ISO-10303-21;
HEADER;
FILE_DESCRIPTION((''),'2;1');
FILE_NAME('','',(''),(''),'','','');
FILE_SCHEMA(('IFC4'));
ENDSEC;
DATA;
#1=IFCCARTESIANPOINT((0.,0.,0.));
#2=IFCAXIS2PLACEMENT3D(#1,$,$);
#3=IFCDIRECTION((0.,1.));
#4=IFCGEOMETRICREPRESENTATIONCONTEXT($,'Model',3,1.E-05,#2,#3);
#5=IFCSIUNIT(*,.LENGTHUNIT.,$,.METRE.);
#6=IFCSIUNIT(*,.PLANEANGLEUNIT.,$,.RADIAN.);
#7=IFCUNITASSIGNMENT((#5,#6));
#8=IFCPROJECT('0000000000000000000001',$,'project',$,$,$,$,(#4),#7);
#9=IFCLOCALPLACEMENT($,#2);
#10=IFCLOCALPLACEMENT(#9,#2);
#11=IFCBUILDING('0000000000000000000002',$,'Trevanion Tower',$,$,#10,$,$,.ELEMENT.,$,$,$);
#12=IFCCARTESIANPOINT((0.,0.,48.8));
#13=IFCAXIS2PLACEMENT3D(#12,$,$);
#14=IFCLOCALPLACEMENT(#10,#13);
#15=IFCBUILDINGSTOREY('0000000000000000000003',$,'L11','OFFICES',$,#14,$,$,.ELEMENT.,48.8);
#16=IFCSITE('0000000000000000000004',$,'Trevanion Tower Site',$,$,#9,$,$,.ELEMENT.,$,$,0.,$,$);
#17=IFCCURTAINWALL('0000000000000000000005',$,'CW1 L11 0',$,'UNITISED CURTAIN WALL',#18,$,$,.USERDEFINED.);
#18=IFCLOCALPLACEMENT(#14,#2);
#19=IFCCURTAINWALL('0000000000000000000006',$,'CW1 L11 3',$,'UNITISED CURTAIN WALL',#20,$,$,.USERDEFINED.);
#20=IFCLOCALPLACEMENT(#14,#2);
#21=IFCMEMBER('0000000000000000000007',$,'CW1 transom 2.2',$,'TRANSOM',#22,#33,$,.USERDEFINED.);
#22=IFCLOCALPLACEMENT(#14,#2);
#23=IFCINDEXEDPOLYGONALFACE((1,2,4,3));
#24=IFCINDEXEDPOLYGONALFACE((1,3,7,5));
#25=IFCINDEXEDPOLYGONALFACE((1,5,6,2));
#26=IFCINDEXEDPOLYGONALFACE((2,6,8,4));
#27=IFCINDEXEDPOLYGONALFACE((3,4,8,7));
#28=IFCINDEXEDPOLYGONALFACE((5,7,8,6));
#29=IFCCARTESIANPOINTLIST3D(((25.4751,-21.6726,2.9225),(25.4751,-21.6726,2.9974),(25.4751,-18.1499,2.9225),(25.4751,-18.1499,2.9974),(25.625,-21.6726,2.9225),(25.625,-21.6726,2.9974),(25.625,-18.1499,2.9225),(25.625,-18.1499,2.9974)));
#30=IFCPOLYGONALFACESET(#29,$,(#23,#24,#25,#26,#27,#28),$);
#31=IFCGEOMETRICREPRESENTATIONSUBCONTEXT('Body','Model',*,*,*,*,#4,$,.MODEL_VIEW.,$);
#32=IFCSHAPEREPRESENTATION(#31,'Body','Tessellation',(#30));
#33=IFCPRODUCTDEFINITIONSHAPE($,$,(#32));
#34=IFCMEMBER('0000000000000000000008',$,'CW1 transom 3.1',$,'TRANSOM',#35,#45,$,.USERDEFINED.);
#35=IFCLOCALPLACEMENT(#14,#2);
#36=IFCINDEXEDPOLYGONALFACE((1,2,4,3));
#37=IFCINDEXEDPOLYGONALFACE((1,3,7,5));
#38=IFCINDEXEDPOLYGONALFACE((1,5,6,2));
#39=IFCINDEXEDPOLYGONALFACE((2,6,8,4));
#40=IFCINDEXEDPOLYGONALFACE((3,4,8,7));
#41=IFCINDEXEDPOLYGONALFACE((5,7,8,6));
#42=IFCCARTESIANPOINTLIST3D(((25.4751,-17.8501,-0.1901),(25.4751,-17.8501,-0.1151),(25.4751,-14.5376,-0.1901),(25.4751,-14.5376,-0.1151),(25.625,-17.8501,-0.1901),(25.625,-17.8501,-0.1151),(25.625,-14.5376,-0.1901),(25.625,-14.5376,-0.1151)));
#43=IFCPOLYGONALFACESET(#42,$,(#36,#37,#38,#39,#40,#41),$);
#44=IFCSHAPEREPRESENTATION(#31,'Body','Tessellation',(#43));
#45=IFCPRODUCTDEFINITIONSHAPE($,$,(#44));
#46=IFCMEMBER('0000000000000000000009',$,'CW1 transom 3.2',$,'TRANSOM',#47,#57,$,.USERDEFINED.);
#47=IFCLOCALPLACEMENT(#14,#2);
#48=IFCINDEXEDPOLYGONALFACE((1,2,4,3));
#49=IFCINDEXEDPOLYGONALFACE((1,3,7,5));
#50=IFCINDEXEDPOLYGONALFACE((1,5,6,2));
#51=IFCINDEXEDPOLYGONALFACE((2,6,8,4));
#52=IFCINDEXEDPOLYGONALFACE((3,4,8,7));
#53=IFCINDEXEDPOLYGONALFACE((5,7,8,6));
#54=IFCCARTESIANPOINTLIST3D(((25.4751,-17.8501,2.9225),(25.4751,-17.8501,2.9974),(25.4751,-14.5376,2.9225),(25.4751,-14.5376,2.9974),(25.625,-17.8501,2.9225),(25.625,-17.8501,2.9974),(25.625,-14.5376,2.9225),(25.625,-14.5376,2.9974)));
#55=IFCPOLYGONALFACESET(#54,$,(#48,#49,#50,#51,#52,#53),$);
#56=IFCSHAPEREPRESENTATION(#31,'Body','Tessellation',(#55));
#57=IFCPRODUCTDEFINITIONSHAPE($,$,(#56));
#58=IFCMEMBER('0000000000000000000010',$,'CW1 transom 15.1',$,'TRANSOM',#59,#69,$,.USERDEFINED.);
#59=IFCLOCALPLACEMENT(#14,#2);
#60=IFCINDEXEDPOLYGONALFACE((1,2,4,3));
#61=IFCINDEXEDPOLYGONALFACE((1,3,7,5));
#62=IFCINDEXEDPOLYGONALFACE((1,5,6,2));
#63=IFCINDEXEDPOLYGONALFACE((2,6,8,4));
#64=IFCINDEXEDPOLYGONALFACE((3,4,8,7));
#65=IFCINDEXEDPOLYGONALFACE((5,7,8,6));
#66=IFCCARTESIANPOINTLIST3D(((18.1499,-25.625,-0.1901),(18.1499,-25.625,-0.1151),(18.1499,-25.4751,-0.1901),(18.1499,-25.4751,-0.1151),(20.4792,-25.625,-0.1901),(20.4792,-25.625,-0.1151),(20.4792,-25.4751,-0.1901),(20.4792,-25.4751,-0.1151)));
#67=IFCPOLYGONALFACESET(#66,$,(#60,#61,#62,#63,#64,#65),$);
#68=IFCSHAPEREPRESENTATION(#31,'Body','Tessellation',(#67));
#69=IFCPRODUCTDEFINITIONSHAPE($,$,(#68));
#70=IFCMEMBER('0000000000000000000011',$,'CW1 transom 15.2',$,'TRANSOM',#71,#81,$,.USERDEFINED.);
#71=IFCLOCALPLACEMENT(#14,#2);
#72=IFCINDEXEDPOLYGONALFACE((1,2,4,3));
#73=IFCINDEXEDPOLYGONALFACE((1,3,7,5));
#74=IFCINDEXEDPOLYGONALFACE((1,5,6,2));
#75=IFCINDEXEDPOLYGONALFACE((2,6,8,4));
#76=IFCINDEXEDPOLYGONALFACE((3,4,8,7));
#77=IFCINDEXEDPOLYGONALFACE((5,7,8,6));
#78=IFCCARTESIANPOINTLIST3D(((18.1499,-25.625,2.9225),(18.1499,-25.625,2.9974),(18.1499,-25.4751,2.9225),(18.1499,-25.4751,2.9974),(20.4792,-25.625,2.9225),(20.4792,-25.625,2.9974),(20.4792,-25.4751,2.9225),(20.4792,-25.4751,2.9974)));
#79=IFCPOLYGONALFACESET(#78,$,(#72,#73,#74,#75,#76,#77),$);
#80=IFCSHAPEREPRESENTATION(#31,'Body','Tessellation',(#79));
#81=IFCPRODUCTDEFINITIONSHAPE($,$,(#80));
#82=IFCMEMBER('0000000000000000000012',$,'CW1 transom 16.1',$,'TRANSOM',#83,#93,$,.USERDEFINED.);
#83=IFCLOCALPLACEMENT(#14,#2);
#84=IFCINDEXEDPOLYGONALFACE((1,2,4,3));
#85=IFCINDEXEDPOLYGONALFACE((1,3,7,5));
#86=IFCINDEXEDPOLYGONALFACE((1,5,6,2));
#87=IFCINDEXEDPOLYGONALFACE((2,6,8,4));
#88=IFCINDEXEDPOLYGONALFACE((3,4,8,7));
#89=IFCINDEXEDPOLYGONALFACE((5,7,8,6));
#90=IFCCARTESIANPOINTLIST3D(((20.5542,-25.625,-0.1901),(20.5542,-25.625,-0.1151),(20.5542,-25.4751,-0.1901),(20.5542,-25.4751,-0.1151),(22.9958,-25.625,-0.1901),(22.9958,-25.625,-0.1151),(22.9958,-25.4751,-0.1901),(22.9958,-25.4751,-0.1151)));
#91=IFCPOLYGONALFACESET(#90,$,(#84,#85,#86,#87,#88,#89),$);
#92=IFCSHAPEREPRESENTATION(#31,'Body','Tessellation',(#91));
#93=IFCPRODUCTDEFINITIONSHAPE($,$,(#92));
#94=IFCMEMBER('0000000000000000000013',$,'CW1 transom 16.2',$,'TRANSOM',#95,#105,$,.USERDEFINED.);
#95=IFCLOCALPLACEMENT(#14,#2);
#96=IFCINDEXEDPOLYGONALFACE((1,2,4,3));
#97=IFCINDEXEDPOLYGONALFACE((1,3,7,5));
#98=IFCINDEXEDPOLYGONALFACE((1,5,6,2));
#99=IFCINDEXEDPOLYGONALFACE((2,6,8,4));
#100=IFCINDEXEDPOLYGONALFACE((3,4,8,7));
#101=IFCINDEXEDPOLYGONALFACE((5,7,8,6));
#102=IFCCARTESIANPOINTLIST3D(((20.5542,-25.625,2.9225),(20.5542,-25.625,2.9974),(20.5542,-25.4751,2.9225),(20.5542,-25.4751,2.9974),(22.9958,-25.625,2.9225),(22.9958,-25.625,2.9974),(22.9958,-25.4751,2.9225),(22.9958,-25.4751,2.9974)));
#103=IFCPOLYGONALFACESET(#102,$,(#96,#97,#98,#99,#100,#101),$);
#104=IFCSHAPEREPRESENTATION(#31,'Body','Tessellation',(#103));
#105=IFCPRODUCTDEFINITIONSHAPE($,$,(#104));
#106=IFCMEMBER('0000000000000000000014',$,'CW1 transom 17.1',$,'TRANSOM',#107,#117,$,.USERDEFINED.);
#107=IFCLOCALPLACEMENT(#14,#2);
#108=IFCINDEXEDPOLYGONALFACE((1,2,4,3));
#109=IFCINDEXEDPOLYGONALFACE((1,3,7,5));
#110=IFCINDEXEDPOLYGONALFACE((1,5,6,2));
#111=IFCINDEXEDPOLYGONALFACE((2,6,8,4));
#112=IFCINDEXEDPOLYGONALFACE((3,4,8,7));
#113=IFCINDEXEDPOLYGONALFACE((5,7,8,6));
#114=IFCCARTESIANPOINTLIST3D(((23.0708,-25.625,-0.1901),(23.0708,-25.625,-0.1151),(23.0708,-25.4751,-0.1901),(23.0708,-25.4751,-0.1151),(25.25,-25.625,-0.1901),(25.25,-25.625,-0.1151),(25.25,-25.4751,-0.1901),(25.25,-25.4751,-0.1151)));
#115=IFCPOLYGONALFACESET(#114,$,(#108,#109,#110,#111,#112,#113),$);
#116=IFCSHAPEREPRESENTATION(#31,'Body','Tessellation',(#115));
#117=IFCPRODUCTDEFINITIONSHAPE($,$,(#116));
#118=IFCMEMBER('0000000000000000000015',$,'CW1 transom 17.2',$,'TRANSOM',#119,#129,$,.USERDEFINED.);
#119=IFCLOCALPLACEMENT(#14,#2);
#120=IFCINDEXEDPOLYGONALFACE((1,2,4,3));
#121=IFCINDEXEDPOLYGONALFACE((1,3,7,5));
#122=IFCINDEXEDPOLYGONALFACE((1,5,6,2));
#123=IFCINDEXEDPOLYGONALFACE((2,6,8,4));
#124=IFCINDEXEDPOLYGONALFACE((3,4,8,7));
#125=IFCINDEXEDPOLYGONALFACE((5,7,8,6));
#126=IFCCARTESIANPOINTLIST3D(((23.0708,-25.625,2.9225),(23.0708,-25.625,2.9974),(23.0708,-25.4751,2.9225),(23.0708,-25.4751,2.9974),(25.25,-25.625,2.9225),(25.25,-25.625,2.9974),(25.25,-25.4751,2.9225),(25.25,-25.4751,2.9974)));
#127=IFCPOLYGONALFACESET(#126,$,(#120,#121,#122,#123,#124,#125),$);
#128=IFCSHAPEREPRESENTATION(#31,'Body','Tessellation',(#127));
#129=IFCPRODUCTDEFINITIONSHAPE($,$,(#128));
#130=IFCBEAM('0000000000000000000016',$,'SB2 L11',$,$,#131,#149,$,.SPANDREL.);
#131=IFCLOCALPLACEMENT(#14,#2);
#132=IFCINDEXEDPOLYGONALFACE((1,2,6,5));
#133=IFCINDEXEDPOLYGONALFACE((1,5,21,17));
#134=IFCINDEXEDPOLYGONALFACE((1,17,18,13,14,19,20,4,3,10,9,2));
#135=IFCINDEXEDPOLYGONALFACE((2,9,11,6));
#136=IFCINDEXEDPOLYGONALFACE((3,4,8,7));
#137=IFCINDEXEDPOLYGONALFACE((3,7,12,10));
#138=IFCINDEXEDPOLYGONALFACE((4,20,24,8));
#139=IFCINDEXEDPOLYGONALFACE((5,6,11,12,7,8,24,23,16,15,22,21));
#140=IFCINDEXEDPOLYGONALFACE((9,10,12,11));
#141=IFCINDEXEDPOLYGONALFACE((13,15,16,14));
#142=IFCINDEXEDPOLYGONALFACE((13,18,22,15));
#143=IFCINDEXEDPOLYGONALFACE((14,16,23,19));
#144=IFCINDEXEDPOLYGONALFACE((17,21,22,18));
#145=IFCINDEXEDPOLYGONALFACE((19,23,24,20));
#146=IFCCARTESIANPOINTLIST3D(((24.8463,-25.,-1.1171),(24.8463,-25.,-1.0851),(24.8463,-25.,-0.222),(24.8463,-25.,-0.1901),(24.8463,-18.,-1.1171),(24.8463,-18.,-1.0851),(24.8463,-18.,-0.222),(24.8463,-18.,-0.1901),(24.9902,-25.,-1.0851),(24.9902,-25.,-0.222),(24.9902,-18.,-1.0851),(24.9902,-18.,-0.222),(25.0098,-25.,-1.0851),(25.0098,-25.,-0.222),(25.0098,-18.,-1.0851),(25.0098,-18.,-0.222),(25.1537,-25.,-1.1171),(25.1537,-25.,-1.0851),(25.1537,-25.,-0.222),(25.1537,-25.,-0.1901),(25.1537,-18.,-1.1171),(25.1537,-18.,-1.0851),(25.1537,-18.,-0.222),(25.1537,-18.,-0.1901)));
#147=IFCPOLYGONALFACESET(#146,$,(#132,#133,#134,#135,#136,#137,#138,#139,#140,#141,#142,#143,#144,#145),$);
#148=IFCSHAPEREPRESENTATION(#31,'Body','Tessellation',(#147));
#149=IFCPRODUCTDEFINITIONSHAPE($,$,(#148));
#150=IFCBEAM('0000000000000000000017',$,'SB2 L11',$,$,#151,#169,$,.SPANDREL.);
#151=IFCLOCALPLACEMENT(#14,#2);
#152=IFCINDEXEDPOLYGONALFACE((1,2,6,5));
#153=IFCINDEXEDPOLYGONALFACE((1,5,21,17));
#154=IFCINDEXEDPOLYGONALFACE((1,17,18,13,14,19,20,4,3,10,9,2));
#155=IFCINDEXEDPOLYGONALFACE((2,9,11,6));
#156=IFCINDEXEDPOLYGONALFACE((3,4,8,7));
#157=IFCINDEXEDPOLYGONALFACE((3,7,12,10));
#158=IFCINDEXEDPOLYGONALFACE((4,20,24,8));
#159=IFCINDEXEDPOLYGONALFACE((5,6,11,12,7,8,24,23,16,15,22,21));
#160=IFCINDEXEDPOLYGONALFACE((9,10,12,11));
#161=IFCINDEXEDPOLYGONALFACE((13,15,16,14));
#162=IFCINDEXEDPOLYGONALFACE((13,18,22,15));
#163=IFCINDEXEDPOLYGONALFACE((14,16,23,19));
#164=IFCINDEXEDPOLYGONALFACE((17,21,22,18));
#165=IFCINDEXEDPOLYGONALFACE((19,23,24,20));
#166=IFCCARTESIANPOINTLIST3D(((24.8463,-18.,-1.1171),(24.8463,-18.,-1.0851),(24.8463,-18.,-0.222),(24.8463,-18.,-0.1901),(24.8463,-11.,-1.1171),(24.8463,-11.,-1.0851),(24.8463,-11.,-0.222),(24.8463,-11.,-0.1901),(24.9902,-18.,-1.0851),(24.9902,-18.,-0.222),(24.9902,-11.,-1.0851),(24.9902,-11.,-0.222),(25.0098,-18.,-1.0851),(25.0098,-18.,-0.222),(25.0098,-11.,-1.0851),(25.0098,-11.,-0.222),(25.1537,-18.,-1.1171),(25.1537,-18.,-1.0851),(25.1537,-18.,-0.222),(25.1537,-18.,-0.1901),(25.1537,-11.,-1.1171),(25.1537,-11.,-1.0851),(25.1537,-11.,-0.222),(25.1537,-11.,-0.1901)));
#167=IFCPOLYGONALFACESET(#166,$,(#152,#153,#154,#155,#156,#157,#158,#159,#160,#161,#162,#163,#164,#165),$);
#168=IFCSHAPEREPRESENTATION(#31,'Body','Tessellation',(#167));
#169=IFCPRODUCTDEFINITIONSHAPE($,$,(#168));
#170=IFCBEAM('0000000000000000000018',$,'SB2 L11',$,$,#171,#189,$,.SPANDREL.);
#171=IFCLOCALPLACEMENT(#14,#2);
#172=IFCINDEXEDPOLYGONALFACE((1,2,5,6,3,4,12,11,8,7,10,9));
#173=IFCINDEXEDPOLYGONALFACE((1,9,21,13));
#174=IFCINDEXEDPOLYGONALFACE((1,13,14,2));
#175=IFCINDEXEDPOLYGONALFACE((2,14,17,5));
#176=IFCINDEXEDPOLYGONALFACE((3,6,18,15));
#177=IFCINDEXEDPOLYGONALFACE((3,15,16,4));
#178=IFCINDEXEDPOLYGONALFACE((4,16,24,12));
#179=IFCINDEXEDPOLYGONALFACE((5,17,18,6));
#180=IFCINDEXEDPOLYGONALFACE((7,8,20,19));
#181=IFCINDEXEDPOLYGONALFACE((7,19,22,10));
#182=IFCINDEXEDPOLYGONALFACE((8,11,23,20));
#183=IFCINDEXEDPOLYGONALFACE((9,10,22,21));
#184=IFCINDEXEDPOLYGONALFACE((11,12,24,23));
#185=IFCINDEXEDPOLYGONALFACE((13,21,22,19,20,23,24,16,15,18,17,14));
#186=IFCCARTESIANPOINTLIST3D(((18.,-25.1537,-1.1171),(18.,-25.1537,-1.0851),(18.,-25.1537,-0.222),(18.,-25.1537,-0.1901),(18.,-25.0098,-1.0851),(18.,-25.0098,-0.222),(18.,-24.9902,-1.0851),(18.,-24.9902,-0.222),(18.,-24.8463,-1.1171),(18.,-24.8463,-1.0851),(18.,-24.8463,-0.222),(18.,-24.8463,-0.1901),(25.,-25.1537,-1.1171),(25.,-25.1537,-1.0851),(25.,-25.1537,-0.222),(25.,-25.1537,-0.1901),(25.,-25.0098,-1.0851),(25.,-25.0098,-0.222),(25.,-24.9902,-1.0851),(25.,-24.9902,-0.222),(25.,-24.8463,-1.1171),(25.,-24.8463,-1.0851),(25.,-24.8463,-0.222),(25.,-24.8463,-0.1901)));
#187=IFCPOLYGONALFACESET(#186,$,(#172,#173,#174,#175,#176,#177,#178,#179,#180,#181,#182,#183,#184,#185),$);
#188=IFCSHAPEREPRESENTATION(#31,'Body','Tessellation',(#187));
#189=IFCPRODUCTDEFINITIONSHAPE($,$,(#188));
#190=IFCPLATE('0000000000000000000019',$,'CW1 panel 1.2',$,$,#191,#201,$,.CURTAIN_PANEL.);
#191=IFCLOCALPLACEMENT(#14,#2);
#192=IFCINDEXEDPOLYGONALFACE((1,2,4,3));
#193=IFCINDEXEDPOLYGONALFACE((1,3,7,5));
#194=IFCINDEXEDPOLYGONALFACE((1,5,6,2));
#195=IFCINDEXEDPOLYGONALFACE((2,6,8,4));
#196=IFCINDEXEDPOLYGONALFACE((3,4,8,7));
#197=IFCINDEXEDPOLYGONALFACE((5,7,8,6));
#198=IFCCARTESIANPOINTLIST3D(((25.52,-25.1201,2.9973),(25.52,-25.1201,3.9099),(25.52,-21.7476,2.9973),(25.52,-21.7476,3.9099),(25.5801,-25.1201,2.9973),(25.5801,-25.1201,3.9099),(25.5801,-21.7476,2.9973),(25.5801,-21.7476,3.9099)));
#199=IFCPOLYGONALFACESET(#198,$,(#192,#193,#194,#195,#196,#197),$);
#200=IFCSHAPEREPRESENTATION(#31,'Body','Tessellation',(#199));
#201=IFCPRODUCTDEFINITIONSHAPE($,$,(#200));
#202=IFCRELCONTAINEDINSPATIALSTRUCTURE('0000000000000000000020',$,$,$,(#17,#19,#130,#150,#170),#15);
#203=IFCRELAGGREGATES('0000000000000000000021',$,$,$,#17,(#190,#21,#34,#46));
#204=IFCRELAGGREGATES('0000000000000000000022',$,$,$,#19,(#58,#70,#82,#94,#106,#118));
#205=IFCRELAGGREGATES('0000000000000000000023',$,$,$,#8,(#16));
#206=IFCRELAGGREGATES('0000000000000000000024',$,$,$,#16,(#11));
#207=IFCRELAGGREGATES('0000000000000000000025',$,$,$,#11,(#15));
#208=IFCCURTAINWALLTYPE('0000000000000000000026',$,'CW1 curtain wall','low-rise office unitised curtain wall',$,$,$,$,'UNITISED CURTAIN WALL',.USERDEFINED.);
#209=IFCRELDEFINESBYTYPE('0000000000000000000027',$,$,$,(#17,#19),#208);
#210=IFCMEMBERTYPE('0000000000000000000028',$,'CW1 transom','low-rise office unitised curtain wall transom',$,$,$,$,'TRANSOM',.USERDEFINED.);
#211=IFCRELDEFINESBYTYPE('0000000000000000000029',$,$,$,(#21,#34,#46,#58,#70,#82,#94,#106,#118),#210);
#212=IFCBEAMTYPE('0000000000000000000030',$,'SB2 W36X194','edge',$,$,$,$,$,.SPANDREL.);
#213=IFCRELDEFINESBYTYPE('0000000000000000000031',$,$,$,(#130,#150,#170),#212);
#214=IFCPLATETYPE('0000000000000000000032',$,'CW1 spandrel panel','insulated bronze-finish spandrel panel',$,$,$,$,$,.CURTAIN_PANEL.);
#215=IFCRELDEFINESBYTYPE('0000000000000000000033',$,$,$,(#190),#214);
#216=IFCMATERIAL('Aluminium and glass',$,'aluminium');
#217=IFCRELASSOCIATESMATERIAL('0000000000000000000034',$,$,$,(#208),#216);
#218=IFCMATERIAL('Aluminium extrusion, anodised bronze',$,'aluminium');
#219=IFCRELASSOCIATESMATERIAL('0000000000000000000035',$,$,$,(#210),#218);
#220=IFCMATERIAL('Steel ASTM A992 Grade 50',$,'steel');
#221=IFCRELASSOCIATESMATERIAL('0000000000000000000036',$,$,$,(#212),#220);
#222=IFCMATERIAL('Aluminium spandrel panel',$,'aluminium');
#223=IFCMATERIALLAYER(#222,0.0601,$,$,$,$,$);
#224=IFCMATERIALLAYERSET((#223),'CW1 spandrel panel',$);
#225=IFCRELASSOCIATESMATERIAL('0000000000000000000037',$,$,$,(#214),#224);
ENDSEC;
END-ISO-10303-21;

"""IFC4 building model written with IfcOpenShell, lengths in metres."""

from ifc_helpers import new_model, si_unit, direction, frame, origin, origin_2d, place, context, subcontext, project, spatial, rectangle, i_section, extrude, material, layer, layer_set, material_profile, profile_set, type_object, element, aggregate, save


model = new_model("IFC4")

# Units and contexts
model_context = context("Model", 3, precision=1e-05, world=origin(), true_north=direction((0.0, 1.0)))
body_context = subcontext(model_context, "Body", "Model", "MODEL_VIEW")
ifc_project = project(units=[si_unit("LENGTHUNIT", "METRE"), si_unit("PLANEANGLEUNIT", "RADIAN")], contexts=[model_context])

# Site, building, storey
site_placement = place(None, origin())
site = spatial("IfcSite", under=ifc_project, at=site_placement, Name="Trevanion Tower Site", CompositionType="ELEMENT", RefElevation=0.0)
building_placement = place(site_placement, origin())
building = spatial("IfcBuilding", under=site, at=building_placement, Name="Trevanion Tower", CompositionType="ELEMENT")
storey_placement = place(building_placement, frame((0.0, 0.0, 48.8)))
storey = spatial("IfcBuildingStorey", under=building, at=storey_placement, Name="L11", Description="OFFICES", CompositionType="ELEMENT", Elevation=48.8)

# Curtain wall
ifc_material_1 = material(Name="Aluminium and glass", Category="aluminium")
curtain_wall_type = type_object("IfcCurtainWallType", Name="CW1 curtain wall", Description="low-rise office unitised curtain wall", ElementType="UNITISED CURTAIN WALL", PredefinedType="USERDEFINED", material=ifc_material_1)
curtain_wall_1_placement = place(storey_placement, origin())
curtain_wall_1 = element("IfcCurtainWall", 1, at=curtain_wall_1_placement, inside=storey, type_object=curtain_wall_type, Name="CW1 L11 0", ObjectType="UNITISED CURTAIN WALL", PredefinedType="USERDEFINED")

# Curtain wall
curtain_wall_2_placement = place(storey_placement, origin())
curtain_wall_2 = element("IfcCurtainWall", 2, at=curtain_wall_2_placement, inside=storey, type_object=curtain_wall_type, Name="CW1 L11 3", ObjectType="UNITISED CURTAIN WALL", PredefinedType="USERDEFINED")

# Members
ifc_material_2 = material(Name="Aluminium extrusion, anodised bronze", Category="aluminium")
ifc_material_profile_1 = material_profile(ifc_material_2, rectangle(XDim=0.1499, YDim=0.075, at=origin_2d()), Name="CW1 transom")
ifc_profile_set_1 = profile_set([ifc_material_profile_1], Name="Aluminium extrusion, anodised bronze")
member_type_1 = type_object("IfcMemberType", Name="CW1 transom", Description="low-rise office unitised curtain wall transom", ElementType="TRANSOM", PredefinedType="USERDEFINED", material=ifc_profile_set_1)
member_1_placement = place(storey_placement, frame((25.55, -21.6726, 2.96), z_axis=(0.0, 1.0, 0.0), x_axis=(-1.0, 0.0, 0.0)))
member_1 = element("IfcMember", 3, at=member_1_placement, type_object=member_type_1, Name="CW1 transom 2.2", ObjectType="TRANSOM", PredefinedType="USERDEFINED", context=body_context, shape_type="SweptSolid", body=[
    extrude(rectangle(XDim=0.1499, YDim=0.075, at=origin_2d()), origin(), (0.0, 0.0, 1.0), 3.5227),
])
member_2_placement = place(storey_placement, frame((25.55, -17.8501, -0.1526), z_axis=(0.0, 1.0, 0.0), x_axis=(-1.0, 0.0, 0.0)))
member_2 = element("IfcMember", 4, at=member_2_placement, type_object=member_type_1, Name="CW1 transom 3.1", ObjectType="TRANSOM", PredefinedType="USERDEFINED", context=body_context, shape_type="SweptSolid", body=[
    extrude(rectangle(XDim=0.1499, YDim=0.075, at=origin_2d()), origin(), (0.0, 0.0, 1.0), 3.3125),
])
member_3_placement = place(storey_placement, frame((25.55, -17.8501, 2.96), z_axis=(0.0, 1.0, 0.0), x_axis=(-1.0, 0.0, 0.0)))
member_3 = element("IfcMember", 5, at=member_3_placement, type_object=member_type_1, Name="CW1 transom 3.2", ObjectType="TRANSOM", PredefinedType="USERDEFINED", context=body_context, shape_type="SweptSolid", body=[
    extrude(rectangle(XDim=0.1499, YDim=0.075, at=origin_2d()), origin(), (0.0, 0.0, 1.0), 3.3125),
])
member_4_placement = place(storey_placement, frame((18.1499, -25.55, -0.1526), z_axis=(1.0, 0.0, 0.0), x_axis=(0.0, 1.0, 0.0)))
member_4 = element("IfcMember", 6, at=member_4_placement, type_object=member_type_1, Name="CW1 transom 15.1", ObjectType="TRANSOM", PredefinedType="USERDEFINED", context=body_context, shape_type="SweptSolid", body=[
    extrude(rectangle(XDim=0.1499, YDim=0.075, at=origin_2d()), origin(), (0.0, 0.0, 1.0), 2.3293),
])
member_5_placement = place(storey_placement, frame((18.1499, -25.55, 2.96), z_axis=(1.0, 0.0, 0.0), x_axis=(0.0, 1.0, 0.0)))
member_5 = element("IfcMember", 7, at=member_5_placement, type_object=member_type_1, Name="CW1 transom 15.2", ObjectType="TRANSOM", PredefinedType="USERDEFINED", context=body_context, shape_type="SweptSolid", body=[
    extrude(rectangle(XDim=0.1499, YDim=0.075, at=origin_2d()), origin(), (0.0, 0.0, 1.0), 2.3293),
])
member_6_placement = place(storey_placement, frame((20.5542, -25.55, -0.1526), z_axis=(1.0, 0.0, 0.0), x_axis=(0.0, 1.0, 0.0)))
member_6 = element("IfcMember", 8, at=member_6_placement, type_object=member_type_1, Name="CW1 transom 16.1", ObjectType="TRANSOM", PredefinedType="USERDEFINED", context=body_context, shape_type="SweptSolid", body=[
    extrude(rectangle(XDim=0.1499, YDim=0.075, at=origin_2d()), origin(), (0.0, 0.0, 1.0), 2.4417),
])
member_7_placement = place(storey_placement, frame((20.5542, -25.55, 2.96), z_axis=(1.0, 0.0, 0.0), x_axis=(0.0, 1.0, 0.0)))
member_7 = element("IfcMember", 9, at=member_7_placement, type_object=member_type_1, Name="CW1 transom 16.2", ObjectType="TRANSOM", PredefinedType="USERDEFINED", context=body_context, shape_type="SweptSolid", body=[
    extrude(rectangle(XDim=0.1499, YDim=0.075, at=origin_2d()), origin(), (0.0, 0.0, 1.0), 2.4417),
])
member_8_placement = place(storey_placement, frame((23.0708, -25.55, -0.1526), z_axis=(1.0, 0.0, 0.0), x_axis=(0.0, 1.0, 0.0)))
member_8 = element("IfcMember", 10, at=member_8_placement, type_object=member_type_1, Name="CW1 transom 17.1", ObjectType="TRANSOM", PredefinedType="USERDEFINED", context=body_context, shape_type="SweptSolid", body=[
    extrude(rectangle(XDim=0.1499, YDim=0.075, at=origin_2d()), origin(), (0.0, 0.0, 1.0), 2.1792),
])
member_9_placement = place(storey_placement, frame((23.0708, -25.55, 2.96), z_axis=(1.0, 0.0, 0.0), x_axis=(0.0, 1.0, 0.0)))
member_9 = element("IfcMember", 11, at=member_9_placement, type_object=member_type_1, Name="CW1 transom 17.2", ObjectType="TRANSOM", PredefinedType="USERDEFINED", context=body_context, shape_type="SweptSolid", body=[
    extrude(rectangle(XDim=0.1499, YDim=0.075, at=origin_2d()), origin(), (0.0, 0.0, 1.0), 2.1792),
])

# Beams
ifc_material_3 = material(Name="Steel ASTM A992 Grade 50", Category="steel")
ifc_material_profile_2 = material_profile(ifc_material_3, i_section(OverallWidth=0.3074, OverallDepth=0.927, WebThickness=0.0195, FlangeThickness=0.032, at=origin_2d()), Name="W36X194")
ifc_profile_set_2 = profile_set([ifc_material_profile_2], Name="Steel ASTM A992 Grade 50")
beam_type = type_object("IfcBeamType", Name="SB2 W36X194", Description="edge", PredefinedType="SPANDREL", material=ifc_profile_set_2)
for number, where, z_axis, x_axis, name in (
    (12, (25.0, -25.0, -0.6536), (0.0, 1.0, 0.0), (-1.0, 0.0, 0.0), "SB2 L11"),
    (13, (25.0, -18.0, -0.6536), (0.0, 1.0, 0.0), (-1.0, 0.0, 0.0), "SB2 L11"),
    (14, (18.0, -25.0, -0.6536), (1.0, 0.0, 0.0), (0.0, 1.0, 0.0), "SB2 L11"),
):
    element("IfcBeam", number, at=place(storey_placement, frame(where, z_axis=z_axis, x_axis=x_axis)), inside=storey, type_object=beam_type, Name=name, PredefinedType="SPANDREL", context=body_context, shape_type="SweptSolid", body=[
        extrude(i_section(OverallWidth=0.3074, OverallDepth=0.927, WebThickness=0.0195, FlangeThickness=0.032, at=origin_2d()), origin(), (0.0, 0.0, 1.0), 7.0),
    ])

# Plate
ifc_material_4 = material(Name="Aluminium spandrel panel", Category="aluminium")
ifc_layer_1 = layer(ifc_material_4, 0.0601)
ifc_layer_set_1 = layer_set([ifc_layer_1], Name="CW1 spandrel panel")
plate_type_1 = type_object("IfcPlateType", Name="CW1 spandrel panel", Description="insulated bronze-finish spandrel panel", PredefinedType="CURTAIN_PANEL", material=ifc_layer_set_1)
plate_1_placement = place(storey_placement, frame((25.55, -23.4338, 2.9973), z_axis=(0.0, 0.0, 1.0), x_axis=(0.0, 1.0, 0.0)))
plate_1 = element("IfcPlate", 15, at=plate_1_placement, type_object=plate_type_1, Name="CW1 panel 1.2", PredefinedType="CURTAIN_PANEL", context=body_context, shape_type="SweptSolid", body=[
    extrude(rectangle(XDim=3.3726, YDim=0.0601, at=origin_2d()), origin(), (0.0, 0.0, 1.0), 0.9126),
])
aggregate(curtain_wall_1, [plate_1, member_1, member_2, member_3])
aggregate(curtain_wall_2, [member_4, member_5, member_6, member_7, member_8, member_9])

save(model, "model.ifc")
